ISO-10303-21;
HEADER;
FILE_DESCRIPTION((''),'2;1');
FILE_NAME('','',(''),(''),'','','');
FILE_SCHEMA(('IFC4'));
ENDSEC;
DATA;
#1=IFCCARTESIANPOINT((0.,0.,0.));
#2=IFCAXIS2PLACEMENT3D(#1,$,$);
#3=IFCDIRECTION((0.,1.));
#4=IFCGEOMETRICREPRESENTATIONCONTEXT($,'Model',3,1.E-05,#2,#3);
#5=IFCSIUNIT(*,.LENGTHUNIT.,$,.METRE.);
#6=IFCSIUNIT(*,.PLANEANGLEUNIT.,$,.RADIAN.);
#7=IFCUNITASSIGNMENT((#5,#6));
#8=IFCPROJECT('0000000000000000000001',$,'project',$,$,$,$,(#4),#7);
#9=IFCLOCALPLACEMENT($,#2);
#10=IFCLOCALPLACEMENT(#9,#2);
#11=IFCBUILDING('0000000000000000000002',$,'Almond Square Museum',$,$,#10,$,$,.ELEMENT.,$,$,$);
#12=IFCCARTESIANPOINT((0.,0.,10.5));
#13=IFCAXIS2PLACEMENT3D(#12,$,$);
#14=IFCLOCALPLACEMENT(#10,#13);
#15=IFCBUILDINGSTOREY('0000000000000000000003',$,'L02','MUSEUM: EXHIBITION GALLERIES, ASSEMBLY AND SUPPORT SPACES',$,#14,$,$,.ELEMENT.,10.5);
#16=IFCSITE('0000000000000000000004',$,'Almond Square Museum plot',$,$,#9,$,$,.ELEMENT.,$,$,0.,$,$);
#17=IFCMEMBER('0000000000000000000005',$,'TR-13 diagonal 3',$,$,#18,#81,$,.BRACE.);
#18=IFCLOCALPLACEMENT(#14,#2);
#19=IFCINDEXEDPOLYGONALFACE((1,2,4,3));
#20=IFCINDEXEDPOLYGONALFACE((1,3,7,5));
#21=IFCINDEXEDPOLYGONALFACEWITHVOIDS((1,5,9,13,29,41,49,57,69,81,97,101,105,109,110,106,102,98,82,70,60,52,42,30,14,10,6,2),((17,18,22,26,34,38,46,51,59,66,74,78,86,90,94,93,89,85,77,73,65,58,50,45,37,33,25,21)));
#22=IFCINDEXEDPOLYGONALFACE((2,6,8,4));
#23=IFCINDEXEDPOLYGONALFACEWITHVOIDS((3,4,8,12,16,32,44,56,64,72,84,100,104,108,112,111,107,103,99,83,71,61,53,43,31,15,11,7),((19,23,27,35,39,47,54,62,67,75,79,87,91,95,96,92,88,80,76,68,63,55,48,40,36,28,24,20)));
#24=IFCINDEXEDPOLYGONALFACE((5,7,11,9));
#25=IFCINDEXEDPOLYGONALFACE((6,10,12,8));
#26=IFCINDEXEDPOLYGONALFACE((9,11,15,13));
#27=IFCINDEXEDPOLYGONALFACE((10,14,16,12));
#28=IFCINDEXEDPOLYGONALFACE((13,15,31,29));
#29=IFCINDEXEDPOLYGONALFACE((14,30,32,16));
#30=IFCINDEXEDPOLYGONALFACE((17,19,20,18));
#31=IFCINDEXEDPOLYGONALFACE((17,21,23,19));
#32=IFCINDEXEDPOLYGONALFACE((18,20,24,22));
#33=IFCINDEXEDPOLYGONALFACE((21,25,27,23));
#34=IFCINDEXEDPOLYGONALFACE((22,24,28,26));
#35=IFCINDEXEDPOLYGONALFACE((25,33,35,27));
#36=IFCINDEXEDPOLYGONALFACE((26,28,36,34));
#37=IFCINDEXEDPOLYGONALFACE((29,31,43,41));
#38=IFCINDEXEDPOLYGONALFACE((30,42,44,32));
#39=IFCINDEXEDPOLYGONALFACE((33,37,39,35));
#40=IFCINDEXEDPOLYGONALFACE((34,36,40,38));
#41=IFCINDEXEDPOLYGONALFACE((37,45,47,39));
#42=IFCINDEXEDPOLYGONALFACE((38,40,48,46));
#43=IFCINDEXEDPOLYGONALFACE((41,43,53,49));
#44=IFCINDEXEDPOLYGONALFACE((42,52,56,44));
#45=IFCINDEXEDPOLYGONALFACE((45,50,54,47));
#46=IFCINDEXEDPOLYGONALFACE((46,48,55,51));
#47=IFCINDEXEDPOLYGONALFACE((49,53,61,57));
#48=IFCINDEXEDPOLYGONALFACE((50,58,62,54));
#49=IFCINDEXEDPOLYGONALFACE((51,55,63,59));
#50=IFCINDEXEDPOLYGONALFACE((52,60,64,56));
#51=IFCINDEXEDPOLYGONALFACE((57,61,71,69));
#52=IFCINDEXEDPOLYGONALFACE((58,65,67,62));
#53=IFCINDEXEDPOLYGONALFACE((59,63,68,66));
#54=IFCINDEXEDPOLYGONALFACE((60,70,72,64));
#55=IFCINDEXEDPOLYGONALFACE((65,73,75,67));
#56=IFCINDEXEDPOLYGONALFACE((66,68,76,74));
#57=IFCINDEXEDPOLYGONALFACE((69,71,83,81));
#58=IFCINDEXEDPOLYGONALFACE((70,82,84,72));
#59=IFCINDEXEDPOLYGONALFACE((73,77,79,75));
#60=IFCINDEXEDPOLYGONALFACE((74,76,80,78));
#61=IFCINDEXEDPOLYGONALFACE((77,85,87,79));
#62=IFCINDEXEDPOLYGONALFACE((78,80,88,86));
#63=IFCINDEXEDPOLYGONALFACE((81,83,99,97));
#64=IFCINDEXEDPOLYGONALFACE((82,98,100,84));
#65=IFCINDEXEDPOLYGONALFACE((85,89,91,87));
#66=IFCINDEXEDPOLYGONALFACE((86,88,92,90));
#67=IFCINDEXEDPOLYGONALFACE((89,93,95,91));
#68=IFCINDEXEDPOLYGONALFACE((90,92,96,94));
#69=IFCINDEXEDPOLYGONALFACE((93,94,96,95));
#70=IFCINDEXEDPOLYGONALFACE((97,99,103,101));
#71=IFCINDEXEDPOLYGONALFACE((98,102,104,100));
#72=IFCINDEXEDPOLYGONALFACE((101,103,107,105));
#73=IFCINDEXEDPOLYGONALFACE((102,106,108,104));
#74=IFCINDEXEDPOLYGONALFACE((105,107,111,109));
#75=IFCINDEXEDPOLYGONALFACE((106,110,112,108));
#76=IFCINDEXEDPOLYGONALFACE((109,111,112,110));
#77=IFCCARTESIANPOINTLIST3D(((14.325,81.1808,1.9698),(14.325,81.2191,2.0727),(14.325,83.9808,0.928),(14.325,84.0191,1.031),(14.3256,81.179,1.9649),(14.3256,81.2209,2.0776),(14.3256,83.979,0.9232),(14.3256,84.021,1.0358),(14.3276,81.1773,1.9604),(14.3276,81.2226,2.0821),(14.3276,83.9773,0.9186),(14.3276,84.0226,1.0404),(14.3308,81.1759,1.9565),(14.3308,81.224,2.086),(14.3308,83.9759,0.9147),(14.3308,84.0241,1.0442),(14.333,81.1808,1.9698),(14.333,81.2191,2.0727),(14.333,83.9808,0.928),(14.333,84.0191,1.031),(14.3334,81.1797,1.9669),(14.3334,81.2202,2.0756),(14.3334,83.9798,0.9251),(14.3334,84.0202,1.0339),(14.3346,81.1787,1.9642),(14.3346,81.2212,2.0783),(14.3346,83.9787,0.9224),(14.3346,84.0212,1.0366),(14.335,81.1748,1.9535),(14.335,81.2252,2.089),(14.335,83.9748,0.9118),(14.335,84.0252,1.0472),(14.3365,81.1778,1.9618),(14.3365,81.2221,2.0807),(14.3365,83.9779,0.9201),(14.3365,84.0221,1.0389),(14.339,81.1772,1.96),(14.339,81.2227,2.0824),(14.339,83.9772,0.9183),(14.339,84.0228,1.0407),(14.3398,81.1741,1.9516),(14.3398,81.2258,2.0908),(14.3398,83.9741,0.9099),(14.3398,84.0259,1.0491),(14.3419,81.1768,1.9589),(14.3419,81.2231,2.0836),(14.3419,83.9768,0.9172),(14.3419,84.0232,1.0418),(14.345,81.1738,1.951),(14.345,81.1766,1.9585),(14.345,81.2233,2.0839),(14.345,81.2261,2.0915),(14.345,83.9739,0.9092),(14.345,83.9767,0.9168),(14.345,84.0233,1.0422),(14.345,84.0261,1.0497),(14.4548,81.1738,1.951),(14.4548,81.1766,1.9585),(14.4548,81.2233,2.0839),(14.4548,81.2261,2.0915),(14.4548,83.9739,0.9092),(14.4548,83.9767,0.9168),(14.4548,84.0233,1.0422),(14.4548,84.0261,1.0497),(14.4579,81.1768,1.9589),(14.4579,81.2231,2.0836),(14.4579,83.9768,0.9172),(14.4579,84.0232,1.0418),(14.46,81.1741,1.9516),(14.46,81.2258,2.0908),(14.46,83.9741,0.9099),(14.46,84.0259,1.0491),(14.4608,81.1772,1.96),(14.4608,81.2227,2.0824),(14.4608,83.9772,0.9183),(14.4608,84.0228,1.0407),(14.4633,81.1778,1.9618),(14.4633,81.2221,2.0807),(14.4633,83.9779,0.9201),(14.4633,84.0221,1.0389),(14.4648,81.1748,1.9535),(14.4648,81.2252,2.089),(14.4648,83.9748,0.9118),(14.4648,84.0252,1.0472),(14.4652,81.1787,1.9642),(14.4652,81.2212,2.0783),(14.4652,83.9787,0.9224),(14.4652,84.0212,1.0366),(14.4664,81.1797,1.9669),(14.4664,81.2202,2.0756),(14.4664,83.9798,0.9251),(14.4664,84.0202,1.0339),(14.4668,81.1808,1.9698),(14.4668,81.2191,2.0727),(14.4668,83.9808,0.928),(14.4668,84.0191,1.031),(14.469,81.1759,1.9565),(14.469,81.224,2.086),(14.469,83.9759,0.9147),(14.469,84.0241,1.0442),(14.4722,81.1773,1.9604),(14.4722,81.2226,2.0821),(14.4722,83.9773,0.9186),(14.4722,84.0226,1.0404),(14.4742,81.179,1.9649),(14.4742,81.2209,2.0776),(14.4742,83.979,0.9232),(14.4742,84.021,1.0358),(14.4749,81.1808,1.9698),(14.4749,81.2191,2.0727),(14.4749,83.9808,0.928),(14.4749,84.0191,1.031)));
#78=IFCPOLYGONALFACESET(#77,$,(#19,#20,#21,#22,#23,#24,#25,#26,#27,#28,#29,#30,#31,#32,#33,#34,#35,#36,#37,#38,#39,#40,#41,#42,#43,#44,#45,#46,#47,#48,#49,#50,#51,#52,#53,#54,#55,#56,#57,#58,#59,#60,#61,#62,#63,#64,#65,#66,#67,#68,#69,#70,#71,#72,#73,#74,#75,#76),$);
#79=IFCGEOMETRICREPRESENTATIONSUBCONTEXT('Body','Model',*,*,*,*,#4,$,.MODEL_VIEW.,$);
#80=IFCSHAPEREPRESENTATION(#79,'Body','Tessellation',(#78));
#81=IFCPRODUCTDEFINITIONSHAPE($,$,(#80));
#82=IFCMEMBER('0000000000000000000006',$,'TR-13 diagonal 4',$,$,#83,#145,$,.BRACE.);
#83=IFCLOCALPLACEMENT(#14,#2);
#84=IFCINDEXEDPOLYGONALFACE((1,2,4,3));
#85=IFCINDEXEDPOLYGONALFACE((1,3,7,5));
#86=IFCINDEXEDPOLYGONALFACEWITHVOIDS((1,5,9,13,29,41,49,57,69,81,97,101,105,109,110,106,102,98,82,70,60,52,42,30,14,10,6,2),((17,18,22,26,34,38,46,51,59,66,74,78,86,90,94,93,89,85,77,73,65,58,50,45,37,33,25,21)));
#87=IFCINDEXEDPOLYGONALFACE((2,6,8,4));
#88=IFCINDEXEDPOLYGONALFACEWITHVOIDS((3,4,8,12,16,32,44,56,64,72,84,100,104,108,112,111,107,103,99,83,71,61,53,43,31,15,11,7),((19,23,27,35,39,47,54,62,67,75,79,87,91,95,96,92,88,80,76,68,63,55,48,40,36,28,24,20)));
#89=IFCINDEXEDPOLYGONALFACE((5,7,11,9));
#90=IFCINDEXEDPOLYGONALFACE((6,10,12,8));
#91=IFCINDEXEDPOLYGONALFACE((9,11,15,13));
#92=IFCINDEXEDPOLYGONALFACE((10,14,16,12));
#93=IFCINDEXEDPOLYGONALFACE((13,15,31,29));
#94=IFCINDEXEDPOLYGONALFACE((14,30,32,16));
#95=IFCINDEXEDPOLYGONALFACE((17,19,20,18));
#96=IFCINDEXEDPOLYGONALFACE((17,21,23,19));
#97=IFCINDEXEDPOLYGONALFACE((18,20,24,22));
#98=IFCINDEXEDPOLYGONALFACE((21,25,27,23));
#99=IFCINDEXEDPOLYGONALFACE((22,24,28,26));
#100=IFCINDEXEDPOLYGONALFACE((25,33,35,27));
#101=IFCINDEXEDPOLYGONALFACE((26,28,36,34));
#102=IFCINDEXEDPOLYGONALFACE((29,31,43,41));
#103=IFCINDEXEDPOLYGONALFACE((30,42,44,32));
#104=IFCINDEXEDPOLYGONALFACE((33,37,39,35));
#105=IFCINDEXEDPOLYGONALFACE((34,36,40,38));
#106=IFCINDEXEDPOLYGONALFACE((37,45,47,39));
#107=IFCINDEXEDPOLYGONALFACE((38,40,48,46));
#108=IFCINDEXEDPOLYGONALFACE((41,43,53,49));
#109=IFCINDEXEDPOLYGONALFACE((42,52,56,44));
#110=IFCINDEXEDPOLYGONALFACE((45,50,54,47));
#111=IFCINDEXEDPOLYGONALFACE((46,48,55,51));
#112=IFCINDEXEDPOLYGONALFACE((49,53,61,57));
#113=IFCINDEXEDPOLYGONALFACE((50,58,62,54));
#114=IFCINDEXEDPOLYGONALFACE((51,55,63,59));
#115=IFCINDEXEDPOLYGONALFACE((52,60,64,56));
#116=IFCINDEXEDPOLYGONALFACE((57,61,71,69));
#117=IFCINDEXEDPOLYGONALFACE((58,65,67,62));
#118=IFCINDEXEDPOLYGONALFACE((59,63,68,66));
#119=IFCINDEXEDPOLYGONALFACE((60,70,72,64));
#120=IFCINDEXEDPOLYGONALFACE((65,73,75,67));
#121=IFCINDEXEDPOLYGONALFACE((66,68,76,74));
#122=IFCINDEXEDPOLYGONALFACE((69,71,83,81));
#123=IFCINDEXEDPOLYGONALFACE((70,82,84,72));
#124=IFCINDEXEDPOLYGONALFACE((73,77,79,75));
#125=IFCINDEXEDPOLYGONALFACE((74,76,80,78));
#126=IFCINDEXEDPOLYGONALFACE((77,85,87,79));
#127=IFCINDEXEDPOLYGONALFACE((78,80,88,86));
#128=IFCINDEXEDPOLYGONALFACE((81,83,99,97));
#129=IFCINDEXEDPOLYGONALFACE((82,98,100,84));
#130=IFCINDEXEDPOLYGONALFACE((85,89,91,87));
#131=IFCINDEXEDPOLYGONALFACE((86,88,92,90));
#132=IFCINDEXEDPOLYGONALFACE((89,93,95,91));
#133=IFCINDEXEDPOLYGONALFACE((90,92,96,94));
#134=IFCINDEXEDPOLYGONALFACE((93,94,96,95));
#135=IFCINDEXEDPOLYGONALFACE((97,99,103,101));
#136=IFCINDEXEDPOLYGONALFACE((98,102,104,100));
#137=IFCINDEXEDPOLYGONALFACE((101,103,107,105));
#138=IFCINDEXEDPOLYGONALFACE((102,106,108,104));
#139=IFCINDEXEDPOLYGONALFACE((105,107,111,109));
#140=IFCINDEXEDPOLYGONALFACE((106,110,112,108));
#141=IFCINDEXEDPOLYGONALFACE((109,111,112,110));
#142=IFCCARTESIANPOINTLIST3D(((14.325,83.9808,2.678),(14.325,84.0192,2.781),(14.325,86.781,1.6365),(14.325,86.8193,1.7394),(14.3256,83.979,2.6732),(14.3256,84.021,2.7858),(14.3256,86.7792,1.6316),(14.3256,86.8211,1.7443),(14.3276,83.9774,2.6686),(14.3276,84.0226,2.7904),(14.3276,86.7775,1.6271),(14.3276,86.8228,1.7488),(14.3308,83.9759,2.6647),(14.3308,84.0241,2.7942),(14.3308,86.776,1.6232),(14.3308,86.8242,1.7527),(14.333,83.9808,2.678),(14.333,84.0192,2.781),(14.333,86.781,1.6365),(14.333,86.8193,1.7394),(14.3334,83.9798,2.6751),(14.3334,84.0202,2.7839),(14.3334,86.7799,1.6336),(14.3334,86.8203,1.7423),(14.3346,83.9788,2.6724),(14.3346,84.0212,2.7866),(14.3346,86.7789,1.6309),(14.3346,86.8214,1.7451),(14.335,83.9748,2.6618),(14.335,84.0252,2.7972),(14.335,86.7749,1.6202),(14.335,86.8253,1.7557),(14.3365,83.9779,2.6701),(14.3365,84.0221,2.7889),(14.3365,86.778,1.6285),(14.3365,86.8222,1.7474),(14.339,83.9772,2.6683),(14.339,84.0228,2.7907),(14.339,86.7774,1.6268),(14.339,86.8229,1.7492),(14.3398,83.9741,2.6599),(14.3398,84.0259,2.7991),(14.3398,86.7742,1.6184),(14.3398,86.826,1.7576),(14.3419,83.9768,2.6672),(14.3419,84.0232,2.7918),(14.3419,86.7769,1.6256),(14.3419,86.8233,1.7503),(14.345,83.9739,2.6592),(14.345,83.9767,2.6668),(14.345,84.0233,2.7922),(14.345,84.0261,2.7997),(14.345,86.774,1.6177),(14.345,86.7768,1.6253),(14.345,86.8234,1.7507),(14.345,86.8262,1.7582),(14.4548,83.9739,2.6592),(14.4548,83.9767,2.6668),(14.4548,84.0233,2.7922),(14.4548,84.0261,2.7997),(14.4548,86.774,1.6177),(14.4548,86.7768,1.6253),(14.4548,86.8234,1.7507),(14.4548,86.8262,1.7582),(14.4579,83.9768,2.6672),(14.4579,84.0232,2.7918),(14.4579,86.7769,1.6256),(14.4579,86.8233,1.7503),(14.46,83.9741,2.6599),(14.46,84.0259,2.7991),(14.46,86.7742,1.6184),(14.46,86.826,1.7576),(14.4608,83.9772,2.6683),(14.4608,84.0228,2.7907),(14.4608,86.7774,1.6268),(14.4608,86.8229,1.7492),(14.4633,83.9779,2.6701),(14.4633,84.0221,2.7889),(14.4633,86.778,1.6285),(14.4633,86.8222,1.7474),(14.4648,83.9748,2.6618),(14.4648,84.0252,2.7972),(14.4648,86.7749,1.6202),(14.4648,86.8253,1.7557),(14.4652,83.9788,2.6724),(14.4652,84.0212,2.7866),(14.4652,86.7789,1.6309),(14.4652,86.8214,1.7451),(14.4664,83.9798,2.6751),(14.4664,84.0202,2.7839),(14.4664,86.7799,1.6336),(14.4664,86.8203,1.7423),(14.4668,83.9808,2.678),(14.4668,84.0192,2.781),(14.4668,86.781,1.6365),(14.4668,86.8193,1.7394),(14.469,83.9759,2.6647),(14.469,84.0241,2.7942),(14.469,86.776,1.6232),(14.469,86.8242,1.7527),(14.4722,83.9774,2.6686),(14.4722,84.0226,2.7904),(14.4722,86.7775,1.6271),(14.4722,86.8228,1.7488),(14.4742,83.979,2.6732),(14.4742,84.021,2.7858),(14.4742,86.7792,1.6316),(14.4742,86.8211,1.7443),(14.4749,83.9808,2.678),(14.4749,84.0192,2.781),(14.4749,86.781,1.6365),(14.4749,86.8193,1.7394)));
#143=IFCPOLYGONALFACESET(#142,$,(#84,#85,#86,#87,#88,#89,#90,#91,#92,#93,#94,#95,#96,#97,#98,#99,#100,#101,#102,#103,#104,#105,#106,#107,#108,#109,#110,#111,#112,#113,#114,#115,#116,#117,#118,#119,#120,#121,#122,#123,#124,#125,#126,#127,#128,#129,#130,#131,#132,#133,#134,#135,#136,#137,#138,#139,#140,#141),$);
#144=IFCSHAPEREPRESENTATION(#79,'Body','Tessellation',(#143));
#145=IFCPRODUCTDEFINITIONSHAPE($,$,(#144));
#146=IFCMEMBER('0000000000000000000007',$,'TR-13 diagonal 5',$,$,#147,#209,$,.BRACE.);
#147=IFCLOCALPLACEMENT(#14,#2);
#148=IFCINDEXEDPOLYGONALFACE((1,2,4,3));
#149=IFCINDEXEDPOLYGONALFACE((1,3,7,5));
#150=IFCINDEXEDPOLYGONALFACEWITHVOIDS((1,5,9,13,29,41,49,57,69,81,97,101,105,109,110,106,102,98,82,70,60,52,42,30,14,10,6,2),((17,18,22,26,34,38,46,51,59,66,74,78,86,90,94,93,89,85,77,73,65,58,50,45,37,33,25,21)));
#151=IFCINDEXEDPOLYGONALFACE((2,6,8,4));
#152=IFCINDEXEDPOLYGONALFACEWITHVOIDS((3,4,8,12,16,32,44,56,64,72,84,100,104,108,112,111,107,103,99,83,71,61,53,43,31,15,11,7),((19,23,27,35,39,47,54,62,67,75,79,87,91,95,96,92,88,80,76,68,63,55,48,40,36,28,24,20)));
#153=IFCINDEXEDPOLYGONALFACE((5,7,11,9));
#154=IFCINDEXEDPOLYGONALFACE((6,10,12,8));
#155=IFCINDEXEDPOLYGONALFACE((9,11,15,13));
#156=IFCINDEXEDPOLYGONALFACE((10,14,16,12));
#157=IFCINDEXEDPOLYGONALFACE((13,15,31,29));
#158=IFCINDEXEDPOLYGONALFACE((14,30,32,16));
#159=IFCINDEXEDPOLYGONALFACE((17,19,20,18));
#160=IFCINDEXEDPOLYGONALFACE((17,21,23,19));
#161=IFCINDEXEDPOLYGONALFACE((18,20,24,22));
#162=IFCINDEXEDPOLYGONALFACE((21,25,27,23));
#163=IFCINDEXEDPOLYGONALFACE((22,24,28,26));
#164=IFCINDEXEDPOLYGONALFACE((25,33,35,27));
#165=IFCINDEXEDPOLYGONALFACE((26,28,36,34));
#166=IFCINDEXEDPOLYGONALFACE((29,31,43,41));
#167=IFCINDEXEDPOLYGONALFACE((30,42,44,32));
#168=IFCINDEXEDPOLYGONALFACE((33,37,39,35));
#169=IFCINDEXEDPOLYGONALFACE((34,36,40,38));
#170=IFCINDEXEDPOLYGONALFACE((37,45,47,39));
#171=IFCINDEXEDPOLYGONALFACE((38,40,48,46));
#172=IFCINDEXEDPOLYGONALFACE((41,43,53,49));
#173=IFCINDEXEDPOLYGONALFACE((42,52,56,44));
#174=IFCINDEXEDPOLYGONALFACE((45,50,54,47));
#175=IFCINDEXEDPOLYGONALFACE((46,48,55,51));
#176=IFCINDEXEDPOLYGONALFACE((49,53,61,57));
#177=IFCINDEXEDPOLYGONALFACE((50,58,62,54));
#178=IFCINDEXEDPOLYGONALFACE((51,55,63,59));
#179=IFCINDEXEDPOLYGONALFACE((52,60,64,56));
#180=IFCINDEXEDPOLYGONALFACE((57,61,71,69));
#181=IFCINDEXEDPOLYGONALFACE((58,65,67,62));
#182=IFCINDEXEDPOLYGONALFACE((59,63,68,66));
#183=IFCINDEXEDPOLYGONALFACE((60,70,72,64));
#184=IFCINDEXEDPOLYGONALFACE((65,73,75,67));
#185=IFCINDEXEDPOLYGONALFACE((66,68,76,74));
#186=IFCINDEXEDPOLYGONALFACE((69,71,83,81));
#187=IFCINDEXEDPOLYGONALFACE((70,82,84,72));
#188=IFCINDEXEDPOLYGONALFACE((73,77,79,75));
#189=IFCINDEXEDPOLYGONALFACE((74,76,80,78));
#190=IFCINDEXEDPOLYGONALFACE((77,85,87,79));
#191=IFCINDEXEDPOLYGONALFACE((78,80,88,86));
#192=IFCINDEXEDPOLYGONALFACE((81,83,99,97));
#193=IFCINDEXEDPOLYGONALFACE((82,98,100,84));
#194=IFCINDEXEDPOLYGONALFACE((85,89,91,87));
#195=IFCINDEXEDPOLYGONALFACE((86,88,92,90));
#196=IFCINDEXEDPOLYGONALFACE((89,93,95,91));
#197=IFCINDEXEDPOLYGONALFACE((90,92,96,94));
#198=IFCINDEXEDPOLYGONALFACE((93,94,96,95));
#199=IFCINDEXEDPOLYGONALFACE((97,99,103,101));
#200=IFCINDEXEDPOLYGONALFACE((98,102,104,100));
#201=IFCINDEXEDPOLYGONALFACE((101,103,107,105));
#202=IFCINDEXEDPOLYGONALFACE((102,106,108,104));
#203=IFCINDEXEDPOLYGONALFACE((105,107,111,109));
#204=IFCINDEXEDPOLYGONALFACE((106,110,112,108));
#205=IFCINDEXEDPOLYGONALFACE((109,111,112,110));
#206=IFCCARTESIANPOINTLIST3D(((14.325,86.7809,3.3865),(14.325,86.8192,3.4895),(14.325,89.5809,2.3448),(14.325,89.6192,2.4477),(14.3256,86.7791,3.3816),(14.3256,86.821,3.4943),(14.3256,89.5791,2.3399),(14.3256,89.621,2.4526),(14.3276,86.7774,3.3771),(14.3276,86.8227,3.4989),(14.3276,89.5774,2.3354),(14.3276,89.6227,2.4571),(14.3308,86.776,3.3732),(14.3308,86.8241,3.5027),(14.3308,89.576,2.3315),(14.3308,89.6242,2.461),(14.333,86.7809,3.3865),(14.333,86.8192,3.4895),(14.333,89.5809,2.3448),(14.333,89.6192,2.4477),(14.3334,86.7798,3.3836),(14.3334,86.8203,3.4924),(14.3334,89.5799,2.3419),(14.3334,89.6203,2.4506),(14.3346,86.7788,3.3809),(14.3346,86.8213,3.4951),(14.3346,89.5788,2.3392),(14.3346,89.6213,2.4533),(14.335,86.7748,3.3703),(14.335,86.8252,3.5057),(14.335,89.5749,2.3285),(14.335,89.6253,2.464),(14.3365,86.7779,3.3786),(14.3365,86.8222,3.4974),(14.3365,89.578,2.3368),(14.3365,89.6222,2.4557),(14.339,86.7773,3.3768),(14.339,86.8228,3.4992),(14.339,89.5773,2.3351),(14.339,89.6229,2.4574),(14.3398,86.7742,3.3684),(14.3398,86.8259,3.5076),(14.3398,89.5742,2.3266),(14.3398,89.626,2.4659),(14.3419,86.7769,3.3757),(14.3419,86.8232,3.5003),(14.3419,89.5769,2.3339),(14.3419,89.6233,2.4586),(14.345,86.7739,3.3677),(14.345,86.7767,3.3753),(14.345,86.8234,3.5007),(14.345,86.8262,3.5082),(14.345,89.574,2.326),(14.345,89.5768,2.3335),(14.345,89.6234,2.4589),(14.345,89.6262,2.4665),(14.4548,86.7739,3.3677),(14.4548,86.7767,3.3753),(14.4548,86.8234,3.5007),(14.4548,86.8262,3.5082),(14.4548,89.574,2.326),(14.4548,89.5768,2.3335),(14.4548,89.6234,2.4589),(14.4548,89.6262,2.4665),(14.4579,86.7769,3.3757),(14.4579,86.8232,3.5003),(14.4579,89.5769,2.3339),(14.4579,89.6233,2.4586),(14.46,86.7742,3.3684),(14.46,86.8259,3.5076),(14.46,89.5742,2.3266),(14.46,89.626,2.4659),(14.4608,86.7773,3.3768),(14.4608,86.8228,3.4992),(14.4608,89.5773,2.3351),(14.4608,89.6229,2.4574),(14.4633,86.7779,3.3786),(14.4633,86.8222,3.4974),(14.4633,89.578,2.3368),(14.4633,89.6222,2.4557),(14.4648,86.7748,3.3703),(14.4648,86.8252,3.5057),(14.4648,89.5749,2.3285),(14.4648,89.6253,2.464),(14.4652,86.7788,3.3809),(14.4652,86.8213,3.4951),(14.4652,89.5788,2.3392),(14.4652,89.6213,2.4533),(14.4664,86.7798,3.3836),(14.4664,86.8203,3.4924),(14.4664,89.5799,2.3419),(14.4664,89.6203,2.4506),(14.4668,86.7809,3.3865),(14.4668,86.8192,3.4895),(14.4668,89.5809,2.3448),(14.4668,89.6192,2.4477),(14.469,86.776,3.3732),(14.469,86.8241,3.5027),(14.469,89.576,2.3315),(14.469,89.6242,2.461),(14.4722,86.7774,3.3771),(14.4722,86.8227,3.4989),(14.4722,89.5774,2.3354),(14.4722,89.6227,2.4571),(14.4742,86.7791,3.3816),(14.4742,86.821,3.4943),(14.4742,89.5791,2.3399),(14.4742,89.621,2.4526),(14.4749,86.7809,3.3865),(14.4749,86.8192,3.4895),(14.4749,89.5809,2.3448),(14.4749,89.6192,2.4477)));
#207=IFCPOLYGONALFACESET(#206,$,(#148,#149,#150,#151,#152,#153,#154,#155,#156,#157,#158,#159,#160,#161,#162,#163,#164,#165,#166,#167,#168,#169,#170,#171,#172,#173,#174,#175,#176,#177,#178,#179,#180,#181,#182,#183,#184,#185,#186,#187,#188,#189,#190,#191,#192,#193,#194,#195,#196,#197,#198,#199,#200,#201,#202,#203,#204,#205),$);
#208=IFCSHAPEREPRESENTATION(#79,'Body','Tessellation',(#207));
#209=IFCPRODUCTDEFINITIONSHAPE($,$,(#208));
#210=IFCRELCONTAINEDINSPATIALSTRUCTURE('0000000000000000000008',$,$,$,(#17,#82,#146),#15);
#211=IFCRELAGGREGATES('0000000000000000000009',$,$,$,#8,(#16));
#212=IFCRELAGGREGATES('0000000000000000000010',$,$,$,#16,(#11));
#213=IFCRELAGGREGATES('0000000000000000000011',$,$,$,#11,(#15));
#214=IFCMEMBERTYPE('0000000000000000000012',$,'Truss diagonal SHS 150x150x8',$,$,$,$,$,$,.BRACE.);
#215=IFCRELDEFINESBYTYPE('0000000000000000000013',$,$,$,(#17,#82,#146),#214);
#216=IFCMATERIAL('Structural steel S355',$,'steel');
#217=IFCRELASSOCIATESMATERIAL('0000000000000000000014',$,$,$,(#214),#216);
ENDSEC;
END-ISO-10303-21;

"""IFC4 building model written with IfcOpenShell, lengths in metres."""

from ifc_helpers import new_model, si_unit, direction, frame, origin, origin_2d, place, context, subcontext, project, spatial, hollow_rectangle, extrude, material, material_profile, profile_set, type_object, element, save


model = new_model("IFC4")

# Units and contexts
model_context = context("Model", 3, precision=1e-05, world=origin(), true_north=direction((0.0, 1.0)))
body_context = subcontext(model_context, "Body", "Model", "MODEL_VIEW")
ifc_project = project(units=[si_unit("LENGTHUNIT", "METRE"), si_unit("PLANEANGLEUNIT", "RADIAN")], contexts=[model_context])

# Site, building, storey
site_placement = place(None, origin())
site = spatial("IfcSite", under=ifc_project, at=site_placement, Name="Almond Square Museum plot", CompositionType="ELEMENT", RefElevation=0.0)
building_placement = place(site_placement, origin())
building = spatial("IfcBuilding", under=site, at=building_placement, Name="Almond Square Museum", CompositionType="ELEMENT")
storey_placement = place(building_placement, frame((0.0, 0.0, 10.5)))
storey = spatial("IfcBuildingStorey", under=building, at=storey_placement, Name="L02", Description="MUSEUM: EXHIBITION GALLERIES, ASSEMBLY AND SUPPORT SPACES", CompositionType="ELEMENT", Elevation=10.5)

# Members
ifc_material_1 = material(Name="Structural steel S355", Category="steel")
ifc_material_profile_1 = material_profile(ifc_material_1, hollow_rectangle(XDim=0.1499, YDim=0.1499, WallThickness=0.0081, InnerFilletRadius=0.012, OuterFilletRadius=0.02, at=origin_2d()))
ifc_profile_set_1 = profile_set([ifc_material_profile_1], Name="Structural steel S355")
member_type_1 = type_object("IfcMemberType", Name="Truss diagonal SHS 150x150x8", PredefinedType="BRACE", material=ifc_profile_set_1)
for number, where, z_axis, x_axis, name in (
    (1, (14.3999, 81.2, 2.0212), (0.0, 0.937236, -0.348695), (-1.0, 0.0, 0.0), "TR-13 diagonal 3"),
    (2, (14.3999, 84.0, 2.7295), (0.0, 0.937263, -0.348624), (-1.0, 0.0, 0.0), "TR-13 diagonal 4"),
    (3, (14.3999, 86.8, 3.438), (0.0, 0.937236, -0.348695), (-1.0, 0.0, 0.0), "TR-13 diagonal 5"),
):
    element("IfcMember", number, at=place(storey_placement, frame(where, z_axis=z_axis, x_axis=x_axis)), inside=storey, type_object=member_type_1, Name=name, PredefinedType="BRACE", context=body_context, shape_type="SweptSolid", body=[
        extrude(hollow_rectangle(XDim=0.1499, YDim=0.1499, WallThickness=0.0081, InnerFilletRadius=0.012, OuterFilletRadius=0.02, at=origin_2d()), origin(), (0.0, 0.0, 1.0), 2.9875),
    ])

save(model, "model.ifc")
